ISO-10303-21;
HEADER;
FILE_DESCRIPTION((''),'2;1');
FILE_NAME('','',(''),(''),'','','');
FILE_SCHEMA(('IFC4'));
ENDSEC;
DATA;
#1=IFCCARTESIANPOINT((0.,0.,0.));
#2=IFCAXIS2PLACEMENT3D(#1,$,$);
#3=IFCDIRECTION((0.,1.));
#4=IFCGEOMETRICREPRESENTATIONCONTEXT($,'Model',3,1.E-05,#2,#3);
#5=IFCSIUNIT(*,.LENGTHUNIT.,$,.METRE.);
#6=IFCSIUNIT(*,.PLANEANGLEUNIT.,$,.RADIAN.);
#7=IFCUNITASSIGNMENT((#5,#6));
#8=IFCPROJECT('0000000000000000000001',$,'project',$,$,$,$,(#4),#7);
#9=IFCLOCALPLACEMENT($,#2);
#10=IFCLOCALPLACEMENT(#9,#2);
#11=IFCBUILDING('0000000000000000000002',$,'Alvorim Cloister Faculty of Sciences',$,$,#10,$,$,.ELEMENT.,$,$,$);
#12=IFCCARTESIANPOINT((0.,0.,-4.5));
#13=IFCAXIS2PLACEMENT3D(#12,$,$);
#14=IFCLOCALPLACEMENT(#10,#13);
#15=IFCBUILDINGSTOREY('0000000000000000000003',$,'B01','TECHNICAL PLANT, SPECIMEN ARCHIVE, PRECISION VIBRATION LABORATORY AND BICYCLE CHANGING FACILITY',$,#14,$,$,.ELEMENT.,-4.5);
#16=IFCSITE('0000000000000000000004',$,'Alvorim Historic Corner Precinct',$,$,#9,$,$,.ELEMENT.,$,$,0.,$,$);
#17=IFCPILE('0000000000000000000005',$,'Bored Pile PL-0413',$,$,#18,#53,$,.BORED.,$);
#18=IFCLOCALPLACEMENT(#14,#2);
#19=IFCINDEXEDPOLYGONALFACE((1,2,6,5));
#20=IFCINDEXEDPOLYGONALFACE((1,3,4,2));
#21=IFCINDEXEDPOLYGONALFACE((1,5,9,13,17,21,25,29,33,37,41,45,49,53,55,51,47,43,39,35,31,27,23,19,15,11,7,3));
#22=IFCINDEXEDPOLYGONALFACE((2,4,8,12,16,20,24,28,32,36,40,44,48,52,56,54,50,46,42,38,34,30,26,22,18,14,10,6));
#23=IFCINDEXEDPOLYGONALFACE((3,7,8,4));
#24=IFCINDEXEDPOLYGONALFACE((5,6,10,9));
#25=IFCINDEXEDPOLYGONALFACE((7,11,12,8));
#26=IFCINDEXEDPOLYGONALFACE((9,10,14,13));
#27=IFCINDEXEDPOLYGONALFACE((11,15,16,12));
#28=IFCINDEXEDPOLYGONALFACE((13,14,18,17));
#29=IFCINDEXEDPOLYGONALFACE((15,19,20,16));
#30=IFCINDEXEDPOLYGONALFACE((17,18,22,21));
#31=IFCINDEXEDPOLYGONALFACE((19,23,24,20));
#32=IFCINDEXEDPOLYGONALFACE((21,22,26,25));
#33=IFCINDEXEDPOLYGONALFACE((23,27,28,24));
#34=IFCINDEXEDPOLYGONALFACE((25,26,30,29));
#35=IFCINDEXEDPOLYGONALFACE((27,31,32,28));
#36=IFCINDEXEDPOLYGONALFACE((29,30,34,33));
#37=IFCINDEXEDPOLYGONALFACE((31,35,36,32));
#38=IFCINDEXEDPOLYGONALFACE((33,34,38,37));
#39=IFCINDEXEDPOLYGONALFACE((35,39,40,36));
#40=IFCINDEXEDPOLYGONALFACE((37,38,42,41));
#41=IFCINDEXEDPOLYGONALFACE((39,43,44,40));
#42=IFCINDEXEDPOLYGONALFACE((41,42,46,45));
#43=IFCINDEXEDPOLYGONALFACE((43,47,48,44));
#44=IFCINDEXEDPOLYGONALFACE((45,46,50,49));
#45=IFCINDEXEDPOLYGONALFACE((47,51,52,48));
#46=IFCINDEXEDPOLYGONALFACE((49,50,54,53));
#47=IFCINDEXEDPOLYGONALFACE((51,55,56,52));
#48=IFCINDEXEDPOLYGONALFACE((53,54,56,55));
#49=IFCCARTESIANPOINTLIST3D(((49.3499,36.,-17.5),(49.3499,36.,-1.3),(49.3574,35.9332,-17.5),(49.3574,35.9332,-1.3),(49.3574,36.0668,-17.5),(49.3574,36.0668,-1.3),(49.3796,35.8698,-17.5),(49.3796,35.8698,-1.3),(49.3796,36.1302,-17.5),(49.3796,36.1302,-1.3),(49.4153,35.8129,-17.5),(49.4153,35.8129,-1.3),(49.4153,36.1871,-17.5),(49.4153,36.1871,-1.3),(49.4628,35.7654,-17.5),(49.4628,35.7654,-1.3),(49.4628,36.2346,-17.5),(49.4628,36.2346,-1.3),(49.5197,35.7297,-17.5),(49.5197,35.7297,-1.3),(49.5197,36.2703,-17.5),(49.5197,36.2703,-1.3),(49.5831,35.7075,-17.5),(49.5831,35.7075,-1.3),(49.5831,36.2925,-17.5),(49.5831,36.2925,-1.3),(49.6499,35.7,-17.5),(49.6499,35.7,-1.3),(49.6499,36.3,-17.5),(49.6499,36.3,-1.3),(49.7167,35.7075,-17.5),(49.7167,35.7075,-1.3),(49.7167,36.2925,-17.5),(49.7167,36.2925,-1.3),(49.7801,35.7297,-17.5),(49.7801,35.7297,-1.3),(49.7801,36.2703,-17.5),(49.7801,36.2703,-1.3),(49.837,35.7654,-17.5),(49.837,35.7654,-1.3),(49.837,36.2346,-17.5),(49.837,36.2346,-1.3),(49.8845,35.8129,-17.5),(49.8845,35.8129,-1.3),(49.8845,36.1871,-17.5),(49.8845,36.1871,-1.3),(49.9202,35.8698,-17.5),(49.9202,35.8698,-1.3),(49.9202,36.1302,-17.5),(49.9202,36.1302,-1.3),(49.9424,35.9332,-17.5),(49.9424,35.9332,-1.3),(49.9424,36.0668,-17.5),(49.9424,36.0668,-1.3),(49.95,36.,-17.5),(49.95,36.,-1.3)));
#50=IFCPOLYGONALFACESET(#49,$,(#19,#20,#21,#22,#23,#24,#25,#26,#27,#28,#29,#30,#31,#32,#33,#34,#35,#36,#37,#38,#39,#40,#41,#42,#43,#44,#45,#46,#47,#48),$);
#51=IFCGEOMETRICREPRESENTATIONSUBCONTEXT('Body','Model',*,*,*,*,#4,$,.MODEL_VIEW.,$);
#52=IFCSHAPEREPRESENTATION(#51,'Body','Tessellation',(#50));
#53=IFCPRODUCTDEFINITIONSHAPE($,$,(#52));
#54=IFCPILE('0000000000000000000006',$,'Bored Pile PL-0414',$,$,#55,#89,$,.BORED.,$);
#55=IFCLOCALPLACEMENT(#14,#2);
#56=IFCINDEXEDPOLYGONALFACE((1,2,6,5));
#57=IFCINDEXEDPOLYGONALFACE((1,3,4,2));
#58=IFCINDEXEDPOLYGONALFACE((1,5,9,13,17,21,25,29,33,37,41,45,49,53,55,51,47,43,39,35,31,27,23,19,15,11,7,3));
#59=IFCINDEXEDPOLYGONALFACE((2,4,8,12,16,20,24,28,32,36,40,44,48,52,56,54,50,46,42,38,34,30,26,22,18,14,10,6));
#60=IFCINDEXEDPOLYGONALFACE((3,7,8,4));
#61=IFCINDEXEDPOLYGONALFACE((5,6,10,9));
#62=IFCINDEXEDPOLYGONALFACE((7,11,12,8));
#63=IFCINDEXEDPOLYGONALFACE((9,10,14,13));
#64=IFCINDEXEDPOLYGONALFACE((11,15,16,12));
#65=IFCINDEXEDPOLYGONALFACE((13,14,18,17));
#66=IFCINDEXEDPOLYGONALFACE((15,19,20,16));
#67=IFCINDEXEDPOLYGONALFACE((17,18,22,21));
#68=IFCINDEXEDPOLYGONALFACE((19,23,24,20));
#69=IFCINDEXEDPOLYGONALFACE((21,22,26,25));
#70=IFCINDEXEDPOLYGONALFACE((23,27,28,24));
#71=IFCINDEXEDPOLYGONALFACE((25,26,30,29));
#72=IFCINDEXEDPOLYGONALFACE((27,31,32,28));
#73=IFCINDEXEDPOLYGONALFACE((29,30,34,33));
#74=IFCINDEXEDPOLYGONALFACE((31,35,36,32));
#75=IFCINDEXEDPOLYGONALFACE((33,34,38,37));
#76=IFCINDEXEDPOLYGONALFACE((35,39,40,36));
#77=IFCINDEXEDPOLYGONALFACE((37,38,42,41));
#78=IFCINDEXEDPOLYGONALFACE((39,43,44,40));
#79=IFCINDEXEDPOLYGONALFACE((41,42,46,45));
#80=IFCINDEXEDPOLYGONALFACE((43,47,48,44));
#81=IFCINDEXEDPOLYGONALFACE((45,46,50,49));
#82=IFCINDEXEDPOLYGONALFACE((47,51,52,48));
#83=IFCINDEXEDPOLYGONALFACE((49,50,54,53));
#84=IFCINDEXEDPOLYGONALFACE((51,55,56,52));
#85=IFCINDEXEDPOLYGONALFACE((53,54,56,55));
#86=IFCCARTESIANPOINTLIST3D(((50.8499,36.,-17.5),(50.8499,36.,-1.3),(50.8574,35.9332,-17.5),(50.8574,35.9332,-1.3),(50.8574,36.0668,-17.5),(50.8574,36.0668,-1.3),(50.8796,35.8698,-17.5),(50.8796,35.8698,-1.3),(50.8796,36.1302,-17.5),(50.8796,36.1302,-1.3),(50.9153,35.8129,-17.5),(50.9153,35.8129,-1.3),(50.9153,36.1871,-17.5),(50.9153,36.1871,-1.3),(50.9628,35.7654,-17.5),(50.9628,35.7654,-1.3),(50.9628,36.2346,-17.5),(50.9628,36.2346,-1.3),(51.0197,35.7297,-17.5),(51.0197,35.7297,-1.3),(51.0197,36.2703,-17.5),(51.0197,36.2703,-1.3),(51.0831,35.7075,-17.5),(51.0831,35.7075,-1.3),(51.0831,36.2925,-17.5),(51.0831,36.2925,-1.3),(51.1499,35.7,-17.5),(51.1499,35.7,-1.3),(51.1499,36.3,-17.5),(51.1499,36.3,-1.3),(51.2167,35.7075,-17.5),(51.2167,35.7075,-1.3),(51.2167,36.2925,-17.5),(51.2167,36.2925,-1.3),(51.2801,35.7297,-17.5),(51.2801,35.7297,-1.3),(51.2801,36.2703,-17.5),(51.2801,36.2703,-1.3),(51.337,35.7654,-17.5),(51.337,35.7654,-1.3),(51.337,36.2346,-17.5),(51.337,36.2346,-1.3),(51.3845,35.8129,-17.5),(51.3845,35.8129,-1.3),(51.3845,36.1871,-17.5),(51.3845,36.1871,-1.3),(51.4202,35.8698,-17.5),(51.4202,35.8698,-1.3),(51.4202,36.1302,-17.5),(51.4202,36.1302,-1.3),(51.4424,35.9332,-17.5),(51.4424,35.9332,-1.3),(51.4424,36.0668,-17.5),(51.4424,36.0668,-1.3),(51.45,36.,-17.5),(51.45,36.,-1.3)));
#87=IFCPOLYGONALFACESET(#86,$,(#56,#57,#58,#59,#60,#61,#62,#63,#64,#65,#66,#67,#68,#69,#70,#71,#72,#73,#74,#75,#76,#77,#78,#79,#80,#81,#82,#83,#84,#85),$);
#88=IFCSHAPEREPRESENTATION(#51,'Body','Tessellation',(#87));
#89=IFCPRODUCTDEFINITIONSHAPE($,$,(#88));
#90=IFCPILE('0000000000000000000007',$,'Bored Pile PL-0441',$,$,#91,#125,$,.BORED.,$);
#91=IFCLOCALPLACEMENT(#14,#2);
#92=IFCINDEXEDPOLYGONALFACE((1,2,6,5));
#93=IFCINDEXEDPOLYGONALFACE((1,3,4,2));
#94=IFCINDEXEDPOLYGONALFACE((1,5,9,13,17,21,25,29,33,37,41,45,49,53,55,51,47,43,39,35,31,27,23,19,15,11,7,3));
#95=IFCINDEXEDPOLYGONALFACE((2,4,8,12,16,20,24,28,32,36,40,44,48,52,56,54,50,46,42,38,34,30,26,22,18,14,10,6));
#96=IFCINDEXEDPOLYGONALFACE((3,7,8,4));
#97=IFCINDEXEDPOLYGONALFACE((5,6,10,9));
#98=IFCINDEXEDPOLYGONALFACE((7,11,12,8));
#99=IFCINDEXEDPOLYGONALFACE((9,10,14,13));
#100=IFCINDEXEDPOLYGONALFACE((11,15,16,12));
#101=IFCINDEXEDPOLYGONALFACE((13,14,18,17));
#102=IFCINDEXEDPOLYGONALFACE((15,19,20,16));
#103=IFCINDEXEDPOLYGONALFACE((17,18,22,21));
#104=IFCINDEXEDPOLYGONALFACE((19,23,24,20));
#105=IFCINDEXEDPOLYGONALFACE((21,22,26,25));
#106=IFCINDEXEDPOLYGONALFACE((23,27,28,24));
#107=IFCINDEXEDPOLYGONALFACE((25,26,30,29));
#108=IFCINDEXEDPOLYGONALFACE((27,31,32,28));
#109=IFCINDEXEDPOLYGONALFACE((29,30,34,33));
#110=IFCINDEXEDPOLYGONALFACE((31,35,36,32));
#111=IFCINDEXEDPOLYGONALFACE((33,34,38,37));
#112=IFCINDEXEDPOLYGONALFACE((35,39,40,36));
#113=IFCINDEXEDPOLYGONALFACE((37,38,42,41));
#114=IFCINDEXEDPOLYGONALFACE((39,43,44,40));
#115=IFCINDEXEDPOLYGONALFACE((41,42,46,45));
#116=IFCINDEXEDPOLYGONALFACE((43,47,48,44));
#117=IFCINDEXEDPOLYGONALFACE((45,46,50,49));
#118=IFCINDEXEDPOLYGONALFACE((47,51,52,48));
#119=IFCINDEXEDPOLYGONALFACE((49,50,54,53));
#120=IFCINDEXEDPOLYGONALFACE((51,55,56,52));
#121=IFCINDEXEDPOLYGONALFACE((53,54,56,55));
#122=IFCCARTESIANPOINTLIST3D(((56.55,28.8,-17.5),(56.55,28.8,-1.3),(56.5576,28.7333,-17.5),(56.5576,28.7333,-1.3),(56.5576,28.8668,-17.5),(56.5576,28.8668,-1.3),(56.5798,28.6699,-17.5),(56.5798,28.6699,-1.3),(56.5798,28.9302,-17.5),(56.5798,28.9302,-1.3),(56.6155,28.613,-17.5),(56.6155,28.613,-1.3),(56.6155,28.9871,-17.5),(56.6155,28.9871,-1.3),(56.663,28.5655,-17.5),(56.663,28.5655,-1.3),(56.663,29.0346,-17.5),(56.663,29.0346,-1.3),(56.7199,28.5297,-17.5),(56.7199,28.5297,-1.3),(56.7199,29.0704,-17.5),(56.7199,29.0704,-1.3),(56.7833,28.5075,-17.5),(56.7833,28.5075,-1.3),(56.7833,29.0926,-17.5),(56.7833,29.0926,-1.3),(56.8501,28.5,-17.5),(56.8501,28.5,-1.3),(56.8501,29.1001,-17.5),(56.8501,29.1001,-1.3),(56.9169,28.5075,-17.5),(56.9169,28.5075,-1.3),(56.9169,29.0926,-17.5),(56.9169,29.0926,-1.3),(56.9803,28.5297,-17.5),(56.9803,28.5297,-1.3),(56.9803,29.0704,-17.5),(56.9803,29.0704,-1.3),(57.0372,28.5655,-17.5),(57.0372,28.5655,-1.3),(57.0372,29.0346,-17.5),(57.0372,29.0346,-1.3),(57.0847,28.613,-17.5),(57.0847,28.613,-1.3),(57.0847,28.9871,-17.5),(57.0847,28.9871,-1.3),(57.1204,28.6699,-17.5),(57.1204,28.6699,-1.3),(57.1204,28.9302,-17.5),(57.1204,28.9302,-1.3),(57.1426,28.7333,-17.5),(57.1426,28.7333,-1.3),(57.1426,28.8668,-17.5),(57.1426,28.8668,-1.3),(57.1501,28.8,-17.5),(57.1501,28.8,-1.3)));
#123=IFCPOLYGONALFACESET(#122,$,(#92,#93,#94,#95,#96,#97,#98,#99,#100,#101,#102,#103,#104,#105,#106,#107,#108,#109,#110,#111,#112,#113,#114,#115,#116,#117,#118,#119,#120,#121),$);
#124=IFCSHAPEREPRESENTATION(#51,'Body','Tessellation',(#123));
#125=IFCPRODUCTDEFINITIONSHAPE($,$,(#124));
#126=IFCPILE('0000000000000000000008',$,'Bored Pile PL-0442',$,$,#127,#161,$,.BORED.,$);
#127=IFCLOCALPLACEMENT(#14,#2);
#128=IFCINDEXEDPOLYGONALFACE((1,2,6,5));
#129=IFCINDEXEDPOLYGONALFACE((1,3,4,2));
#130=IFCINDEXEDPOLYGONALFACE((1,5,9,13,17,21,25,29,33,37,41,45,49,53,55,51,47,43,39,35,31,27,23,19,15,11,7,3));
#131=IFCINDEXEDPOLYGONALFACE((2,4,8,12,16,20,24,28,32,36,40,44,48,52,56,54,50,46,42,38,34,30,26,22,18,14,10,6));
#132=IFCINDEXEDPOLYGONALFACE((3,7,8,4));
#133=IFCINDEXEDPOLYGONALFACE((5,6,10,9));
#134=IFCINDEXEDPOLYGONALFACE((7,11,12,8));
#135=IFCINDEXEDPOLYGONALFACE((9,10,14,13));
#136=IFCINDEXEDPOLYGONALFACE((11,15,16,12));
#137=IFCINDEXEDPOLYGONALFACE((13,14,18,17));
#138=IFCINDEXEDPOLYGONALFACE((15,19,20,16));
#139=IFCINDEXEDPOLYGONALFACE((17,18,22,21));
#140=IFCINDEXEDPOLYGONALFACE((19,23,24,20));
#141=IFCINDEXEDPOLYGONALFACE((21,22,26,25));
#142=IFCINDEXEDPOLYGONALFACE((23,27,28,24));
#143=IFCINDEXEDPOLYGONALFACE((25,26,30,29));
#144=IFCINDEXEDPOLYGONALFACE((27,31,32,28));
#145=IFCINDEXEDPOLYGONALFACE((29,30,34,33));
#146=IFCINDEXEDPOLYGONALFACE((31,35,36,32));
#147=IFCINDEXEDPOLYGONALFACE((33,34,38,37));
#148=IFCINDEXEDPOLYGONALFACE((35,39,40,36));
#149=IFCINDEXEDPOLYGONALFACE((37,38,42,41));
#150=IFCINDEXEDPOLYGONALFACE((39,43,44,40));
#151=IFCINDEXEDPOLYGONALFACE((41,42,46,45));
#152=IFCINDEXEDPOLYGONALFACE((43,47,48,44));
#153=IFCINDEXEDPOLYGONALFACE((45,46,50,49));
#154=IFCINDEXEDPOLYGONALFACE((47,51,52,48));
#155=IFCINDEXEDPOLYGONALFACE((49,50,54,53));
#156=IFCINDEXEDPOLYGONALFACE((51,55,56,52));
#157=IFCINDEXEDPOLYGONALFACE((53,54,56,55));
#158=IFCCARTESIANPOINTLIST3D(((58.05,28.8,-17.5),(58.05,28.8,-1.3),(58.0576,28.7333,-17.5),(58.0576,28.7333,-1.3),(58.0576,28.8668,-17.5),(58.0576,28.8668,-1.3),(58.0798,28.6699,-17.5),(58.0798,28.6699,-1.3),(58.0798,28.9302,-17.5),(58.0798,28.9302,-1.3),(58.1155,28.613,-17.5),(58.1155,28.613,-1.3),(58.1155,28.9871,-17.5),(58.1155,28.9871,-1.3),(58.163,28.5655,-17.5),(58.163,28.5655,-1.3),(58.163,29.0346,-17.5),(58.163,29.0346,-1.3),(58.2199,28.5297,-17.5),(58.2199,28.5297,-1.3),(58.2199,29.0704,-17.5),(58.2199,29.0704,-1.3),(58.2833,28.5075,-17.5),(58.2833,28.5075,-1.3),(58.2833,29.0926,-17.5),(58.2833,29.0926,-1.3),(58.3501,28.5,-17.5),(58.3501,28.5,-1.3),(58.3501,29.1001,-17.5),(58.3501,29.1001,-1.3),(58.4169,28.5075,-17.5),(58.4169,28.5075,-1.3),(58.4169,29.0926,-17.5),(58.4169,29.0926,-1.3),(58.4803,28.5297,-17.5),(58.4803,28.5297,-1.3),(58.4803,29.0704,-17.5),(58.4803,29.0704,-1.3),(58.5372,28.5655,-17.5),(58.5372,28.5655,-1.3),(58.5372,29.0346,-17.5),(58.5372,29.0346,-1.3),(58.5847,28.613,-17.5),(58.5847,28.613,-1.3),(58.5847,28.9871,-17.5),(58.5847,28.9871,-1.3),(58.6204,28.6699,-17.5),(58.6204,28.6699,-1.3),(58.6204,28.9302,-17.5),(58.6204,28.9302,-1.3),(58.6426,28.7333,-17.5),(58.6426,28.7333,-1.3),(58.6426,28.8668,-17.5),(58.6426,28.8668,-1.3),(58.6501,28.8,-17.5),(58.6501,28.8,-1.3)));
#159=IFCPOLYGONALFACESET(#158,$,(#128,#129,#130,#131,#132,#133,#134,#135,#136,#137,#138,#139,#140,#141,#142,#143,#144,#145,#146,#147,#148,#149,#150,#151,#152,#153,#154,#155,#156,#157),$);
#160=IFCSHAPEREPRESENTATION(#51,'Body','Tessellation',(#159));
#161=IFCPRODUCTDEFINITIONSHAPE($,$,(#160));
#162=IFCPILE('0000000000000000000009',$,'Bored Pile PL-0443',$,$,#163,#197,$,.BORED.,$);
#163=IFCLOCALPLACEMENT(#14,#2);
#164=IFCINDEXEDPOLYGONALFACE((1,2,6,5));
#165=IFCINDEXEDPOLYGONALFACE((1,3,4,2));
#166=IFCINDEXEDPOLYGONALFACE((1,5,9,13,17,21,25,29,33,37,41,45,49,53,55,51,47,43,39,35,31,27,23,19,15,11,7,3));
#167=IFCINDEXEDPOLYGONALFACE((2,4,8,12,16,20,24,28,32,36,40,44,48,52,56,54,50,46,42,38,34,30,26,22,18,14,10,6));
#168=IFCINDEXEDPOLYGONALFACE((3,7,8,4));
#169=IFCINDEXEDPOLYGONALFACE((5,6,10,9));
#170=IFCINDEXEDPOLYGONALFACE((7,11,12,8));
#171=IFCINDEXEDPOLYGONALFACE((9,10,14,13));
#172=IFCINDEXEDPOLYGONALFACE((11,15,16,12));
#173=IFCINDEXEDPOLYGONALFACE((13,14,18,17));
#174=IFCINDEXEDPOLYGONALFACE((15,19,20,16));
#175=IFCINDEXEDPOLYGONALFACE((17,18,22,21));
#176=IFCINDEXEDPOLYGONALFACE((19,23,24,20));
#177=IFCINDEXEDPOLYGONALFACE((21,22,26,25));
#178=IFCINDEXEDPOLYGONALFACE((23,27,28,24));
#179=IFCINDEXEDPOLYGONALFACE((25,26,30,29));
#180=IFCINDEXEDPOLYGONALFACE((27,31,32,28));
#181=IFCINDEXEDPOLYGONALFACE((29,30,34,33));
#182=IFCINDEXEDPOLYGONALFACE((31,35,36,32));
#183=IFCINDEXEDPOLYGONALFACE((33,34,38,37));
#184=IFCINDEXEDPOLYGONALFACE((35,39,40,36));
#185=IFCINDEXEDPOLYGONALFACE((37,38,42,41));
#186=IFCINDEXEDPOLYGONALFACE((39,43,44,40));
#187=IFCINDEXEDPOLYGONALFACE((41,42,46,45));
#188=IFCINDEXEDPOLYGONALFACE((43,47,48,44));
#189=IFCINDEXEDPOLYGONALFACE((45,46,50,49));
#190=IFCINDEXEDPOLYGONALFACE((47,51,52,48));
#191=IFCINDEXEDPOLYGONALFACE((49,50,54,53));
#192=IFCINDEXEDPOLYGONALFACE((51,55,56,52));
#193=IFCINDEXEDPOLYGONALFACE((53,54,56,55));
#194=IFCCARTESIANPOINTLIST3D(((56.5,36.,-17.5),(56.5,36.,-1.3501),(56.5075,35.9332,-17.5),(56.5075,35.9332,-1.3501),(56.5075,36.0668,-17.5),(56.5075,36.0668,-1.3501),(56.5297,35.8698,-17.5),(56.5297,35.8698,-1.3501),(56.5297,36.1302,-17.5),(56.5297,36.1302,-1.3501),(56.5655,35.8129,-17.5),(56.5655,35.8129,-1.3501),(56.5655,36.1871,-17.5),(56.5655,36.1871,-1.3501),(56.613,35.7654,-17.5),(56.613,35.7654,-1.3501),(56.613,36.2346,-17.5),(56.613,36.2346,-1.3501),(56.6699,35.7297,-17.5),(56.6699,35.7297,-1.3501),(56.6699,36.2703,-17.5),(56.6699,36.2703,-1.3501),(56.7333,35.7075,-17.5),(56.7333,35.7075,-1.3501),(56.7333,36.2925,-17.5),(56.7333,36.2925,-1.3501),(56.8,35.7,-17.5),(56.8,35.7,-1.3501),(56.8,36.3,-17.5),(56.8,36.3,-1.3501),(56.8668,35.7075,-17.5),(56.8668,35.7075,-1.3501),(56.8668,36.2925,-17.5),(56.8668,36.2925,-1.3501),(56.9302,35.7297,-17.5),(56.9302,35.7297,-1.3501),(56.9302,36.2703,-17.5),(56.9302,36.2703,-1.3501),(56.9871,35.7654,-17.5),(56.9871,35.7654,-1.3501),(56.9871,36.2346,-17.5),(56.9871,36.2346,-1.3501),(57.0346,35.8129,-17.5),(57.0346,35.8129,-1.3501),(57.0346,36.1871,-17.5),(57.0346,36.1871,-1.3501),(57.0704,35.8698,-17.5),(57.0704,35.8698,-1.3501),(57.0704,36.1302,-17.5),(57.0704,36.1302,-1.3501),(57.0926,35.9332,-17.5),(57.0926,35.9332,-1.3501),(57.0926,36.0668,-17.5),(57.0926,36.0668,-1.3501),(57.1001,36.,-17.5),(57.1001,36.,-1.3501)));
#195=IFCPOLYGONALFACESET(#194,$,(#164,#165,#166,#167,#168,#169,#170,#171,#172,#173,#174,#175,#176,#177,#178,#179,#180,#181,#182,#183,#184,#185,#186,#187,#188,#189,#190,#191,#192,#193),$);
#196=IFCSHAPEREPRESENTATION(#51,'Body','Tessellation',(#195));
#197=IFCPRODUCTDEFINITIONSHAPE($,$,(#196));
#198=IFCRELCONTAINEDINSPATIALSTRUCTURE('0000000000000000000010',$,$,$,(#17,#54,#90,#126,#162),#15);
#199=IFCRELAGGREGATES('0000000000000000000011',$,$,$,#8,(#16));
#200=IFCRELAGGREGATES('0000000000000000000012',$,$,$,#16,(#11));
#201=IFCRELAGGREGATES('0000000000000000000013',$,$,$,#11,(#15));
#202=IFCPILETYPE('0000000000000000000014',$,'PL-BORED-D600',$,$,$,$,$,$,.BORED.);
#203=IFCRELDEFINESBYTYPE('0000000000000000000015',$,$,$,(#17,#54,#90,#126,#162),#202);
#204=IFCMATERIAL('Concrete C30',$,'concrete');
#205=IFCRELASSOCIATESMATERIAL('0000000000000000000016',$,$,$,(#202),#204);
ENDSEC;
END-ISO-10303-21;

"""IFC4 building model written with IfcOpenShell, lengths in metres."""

from ifc_helpers import new_model, si_unit, direction, frame, origin, origin_2d, place, context, subcontext, project, spatial, circle, extrude, material, material_profile, profile_set, type_object, element, save


model = new_model("IFC4")

# Units and contexts
model_context = context("Model", 3, precision=1e-05, world=origin(), true_north=direction((0.0, 1.0)))
body_context = subcontext(model_context, "Body", "Model", "MODEL_VIEW")
ifc_project = project(units=[si_unit("LENGTHUNIT", "METRE"), si_unit("PLANEANGLEUNIT", "RADIAN")], contexts=[model_context])

# Site, building, storey
site_placement = place(None, origin())
site = spatial("IfcSite", under=ifc_project, at=site_placement, Name="Alvorim Historic Corner Precinct", CompositionType="ELEMENT", RefElevation=0.0)
building_placement = place(site_placement, origin())
building = spatial("IfcBuilding", under=site, at=building_placement, Name="Alvorim Cloister Faculty of Sciences", CompositionType="ELEMENT")
storey_placement = place(building_placement, frame((0.0, 0.0, -4.5)))
storey = spatial("IfcBuildingStorey", under=building, at=storey_placement, Name="B01", Description="TECHNICAL PLANT, SPECIMEN ARCHIVE, PRECISION VIBRATION LABORATORY AND BICYCLE CHANGING FACILITY", CompositionType="ELEMENT", Elevation=-4.5)

# Piles
ifc_material_1 = material(Name="Concrete C30", Category="concrete")
ifc_material_profile_1 = material_profile(ifc_material_1, circle(Radius=0.3, at=origin_2d()), Name="PILE-D600")
ifc_profile_set_1 = profile_set([ifc_material_profile_1], Name="Concrete C30")
pile_type = type_object("IfcPileType", Name="PL-BORED-D600", PredefinedType="BORED", material=ifc_profile_set_1)
for number, where, z_axis, x_axis, name in (
    (1, (49.6499, 36.0, -1.3), (0.0, 0.0, -1.0), (1.0, 0.0, 0.0), "Bored Pile PL-0413"),
    (2, (51.1499, 36.0, -1.3), (0.0, 0.0, -1.0), (1.0, 0.0, 0.0), "Bored Pile PL-0414"),
    (3, (56.8501, 28.8, -1.3), (0.0, 0.0, -1.0), (1.0, 0.0, 0.0), "Bored Pile PL-0441"),
    (4, (58.3501, 28.8, -1.3), (0.0, 0.0, -1.0), (1.0, 0.0, 0.0), "Bored Pile PL-0442"),
):
    element("IfcPile", number, at=place(storey_placement, frame(where, z_axis=z_axis, x_axis=x_axis)), inside=storey, type_object=pile_type, Name=name, PredefinedType="BORED", context=body_context, shape_type="SweptSolid", body=[
        extrude(circle(Radius=0.3, at=origin_2d()), origin(), (0.0, 0.0, 1.0), 16.2),
    ])
for number, where, z_axis, x_axis, name in (
    (5, (56.8, 36.0, -1.3501), (0.0, 0.0, -1.0), (1.0, 0.0, 0.0), "Bored Pile PL-0443"),
):
    element("IfcPile", number, at=place(storey_placement, frame(where, z_axis=z_axis, x_axis=x_axis)), inside=storey, type_object=pile_type, Name=name, PredefinedType="BORED", context=body_context, shape_type="SweptSolid", body=[
        extrude(circle(Radius=0.3, at=origin_2d()), origin(), (0.0, 0.0, 1.0), 16.1499),
    ])

save(model, "model.ifc")
